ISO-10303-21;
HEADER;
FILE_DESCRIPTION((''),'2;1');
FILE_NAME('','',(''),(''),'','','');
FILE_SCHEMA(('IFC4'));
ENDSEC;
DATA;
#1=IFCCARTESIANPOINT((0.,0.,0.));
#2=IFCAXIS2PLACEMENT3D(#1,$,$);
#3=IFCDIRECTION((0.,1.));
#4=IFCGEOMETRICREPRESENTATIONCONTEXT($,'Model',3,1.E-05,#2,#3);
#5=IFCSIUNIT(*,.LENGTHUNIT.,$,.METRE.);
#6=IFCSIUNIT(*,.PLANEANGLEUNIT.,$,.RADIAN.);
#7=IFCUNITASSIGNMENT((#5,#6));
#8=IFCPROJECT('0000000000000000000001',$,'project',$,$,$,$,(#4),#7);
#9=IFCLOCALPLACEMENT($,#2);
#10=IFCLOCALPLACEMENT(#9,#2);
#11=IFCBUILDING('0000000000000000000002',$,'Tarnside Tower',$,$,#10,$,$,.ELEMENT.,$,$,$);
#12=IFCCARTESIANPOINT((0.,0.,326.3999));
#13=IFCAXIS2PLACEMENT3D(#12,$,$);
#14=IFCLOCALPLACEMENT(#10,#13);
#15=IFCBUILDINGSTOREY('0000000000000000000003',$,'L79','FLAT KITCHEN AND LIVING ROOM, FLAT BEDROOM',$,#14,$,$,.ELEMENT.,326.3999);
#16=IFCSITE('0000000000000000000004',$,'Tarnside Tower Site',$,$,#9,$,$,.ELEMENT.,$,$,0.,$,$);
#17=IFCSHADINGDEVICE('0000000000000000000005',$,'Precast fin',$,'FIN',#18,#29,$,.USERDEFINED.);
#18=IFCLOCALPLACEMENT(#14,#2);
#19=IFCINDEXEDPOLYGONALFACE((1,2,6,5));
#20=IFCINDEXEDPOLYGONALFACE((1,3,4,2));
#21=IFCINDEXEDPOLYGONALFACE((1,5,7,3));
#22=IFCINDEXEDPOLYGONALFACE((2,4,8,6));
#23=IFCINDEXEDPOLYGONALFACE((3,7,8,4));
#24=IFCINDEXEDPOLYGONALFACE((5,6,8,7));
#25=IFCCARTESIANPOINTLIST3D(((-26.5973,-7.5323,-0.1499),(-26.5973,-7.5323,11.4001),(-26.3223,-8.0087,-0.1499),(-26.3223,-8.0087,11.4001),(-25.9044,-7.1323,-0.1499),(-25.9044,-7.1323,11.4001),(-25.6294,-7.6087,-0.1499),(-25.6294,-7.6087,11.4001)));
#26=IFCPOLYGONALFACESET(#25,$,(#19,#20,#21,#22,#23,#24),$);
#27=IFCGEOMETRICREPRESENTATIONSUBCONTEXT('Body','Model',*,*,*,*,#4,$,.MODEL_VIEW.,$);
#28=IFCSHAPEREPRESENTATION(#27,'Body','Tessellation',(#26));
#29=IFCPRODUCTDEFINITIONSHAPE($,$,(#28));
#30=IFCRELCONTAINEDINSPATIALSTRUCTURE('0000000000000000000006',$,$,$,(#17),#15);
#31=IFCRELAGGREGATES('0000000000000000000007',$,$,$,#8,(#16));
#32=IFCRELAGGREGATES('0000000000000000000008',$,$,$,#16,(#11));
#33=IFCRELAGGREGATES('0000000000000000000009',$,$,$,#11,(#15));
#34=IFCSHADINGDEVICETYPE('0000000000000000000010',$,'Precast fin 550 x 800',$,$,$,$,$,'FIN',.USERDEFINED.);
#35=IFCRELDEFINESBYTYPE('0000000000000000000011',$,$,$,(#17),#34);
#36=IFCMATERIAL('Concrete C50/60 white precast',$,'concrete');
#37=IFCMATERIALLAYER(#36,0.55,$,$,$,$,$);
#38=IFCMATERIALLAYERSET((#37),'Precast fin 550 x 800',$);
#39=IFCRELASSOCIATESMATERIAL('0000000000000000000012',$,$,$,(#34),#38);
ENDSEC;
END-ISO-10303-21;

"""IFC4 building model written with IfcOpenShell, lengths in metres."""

from ifc_helpers import new_model, si_unit, direction, frame, origin, place, context, subcontext, project, spatial, polyline, outline, extrude, material, layer, layer_set, type_object, element, save


model = new_model("IFC4")

# Units and contexts
model_context = context("Model", 3, precision=1e-05, world=origin(), true_north=direction((0.0, 1.0)))
body_context = subcontext(model_context, "Body", "Model", "MODEL_VIEW")
ifc_project = project(units=[si_unit("LENGTHUNIT", "METRE"), si_unit("PLANEANGLEUNIT", "RADIAN")], contexts=[model_context])

# Site, building, storey
site_placement = place(None, origin())
site = spatial("IfcSite", under=ifc_project, at=site_placement, Name="Tarnside Tower Site", CompositionType="ELEMENT", RefElevation=0.0)
building_placement = place(site_placement, origin())
building = spatial("IfcBuilding", under=site, at=building_placement, Name="Tarnside Tower", CompositionType="ELEMENT")
storey_placement = place(building_placement, frame((0.0, 0.0, 326.3999)))
storey = spatial("IfcBuildingStorey", under=building, at=storey_placement, Name="L79", Description="FLAT KITCHEN AND LIVING ROOM, FLAT BEDROOM", CompositionType="ELEMENT", Elevation=326.3999)

# Shading device
ifc_material_1 = material(Name="Concrete C50/60 white precast", Category="concrete")
ifc_layer_1 = layer(ifc_material_1, 0.55)
ifc_layer_set_1 = layer_set([ifc_layer_1], Name="Precast fin 550 x 800")
shading_device_type_1 = type_object("IfcShadingDeviceType", Name="Precast fin 550 x 800", ElementType="FIN", PredefinedType="USERDEFINED", material=ifc_layer_set_1)
for number, where, z_axis, x_axis, name in (
    (1, (-25.7668, -7.3706, -0.1499), (-0.5, 0.866025, 0.0), (-0.866025, -0.5, 0.0), "Precast fin"),
):
    element("IfcShadingDevice", number, at=place(storey_placement, frame(where, z_axis=z_axis, x_axis=x_axis)), inside=storey, type_object=shading_device_type_1, Name=name, ObjectType="FIN", PredefinedType="USERDEFINED", context=body_context, shape_type="SweptSolid", body=[
        extrude(outline(polyline([(0.0, 0.0), (0.8, 0.0), (0.8, 11.55), (0.0, 11.55), (0.0, 0.0)])), frame((0.0, 0.0, -0.2749)), (0.0, 0.0, 1.0), 0.55),
    ])

save(model, "model.ifc")
